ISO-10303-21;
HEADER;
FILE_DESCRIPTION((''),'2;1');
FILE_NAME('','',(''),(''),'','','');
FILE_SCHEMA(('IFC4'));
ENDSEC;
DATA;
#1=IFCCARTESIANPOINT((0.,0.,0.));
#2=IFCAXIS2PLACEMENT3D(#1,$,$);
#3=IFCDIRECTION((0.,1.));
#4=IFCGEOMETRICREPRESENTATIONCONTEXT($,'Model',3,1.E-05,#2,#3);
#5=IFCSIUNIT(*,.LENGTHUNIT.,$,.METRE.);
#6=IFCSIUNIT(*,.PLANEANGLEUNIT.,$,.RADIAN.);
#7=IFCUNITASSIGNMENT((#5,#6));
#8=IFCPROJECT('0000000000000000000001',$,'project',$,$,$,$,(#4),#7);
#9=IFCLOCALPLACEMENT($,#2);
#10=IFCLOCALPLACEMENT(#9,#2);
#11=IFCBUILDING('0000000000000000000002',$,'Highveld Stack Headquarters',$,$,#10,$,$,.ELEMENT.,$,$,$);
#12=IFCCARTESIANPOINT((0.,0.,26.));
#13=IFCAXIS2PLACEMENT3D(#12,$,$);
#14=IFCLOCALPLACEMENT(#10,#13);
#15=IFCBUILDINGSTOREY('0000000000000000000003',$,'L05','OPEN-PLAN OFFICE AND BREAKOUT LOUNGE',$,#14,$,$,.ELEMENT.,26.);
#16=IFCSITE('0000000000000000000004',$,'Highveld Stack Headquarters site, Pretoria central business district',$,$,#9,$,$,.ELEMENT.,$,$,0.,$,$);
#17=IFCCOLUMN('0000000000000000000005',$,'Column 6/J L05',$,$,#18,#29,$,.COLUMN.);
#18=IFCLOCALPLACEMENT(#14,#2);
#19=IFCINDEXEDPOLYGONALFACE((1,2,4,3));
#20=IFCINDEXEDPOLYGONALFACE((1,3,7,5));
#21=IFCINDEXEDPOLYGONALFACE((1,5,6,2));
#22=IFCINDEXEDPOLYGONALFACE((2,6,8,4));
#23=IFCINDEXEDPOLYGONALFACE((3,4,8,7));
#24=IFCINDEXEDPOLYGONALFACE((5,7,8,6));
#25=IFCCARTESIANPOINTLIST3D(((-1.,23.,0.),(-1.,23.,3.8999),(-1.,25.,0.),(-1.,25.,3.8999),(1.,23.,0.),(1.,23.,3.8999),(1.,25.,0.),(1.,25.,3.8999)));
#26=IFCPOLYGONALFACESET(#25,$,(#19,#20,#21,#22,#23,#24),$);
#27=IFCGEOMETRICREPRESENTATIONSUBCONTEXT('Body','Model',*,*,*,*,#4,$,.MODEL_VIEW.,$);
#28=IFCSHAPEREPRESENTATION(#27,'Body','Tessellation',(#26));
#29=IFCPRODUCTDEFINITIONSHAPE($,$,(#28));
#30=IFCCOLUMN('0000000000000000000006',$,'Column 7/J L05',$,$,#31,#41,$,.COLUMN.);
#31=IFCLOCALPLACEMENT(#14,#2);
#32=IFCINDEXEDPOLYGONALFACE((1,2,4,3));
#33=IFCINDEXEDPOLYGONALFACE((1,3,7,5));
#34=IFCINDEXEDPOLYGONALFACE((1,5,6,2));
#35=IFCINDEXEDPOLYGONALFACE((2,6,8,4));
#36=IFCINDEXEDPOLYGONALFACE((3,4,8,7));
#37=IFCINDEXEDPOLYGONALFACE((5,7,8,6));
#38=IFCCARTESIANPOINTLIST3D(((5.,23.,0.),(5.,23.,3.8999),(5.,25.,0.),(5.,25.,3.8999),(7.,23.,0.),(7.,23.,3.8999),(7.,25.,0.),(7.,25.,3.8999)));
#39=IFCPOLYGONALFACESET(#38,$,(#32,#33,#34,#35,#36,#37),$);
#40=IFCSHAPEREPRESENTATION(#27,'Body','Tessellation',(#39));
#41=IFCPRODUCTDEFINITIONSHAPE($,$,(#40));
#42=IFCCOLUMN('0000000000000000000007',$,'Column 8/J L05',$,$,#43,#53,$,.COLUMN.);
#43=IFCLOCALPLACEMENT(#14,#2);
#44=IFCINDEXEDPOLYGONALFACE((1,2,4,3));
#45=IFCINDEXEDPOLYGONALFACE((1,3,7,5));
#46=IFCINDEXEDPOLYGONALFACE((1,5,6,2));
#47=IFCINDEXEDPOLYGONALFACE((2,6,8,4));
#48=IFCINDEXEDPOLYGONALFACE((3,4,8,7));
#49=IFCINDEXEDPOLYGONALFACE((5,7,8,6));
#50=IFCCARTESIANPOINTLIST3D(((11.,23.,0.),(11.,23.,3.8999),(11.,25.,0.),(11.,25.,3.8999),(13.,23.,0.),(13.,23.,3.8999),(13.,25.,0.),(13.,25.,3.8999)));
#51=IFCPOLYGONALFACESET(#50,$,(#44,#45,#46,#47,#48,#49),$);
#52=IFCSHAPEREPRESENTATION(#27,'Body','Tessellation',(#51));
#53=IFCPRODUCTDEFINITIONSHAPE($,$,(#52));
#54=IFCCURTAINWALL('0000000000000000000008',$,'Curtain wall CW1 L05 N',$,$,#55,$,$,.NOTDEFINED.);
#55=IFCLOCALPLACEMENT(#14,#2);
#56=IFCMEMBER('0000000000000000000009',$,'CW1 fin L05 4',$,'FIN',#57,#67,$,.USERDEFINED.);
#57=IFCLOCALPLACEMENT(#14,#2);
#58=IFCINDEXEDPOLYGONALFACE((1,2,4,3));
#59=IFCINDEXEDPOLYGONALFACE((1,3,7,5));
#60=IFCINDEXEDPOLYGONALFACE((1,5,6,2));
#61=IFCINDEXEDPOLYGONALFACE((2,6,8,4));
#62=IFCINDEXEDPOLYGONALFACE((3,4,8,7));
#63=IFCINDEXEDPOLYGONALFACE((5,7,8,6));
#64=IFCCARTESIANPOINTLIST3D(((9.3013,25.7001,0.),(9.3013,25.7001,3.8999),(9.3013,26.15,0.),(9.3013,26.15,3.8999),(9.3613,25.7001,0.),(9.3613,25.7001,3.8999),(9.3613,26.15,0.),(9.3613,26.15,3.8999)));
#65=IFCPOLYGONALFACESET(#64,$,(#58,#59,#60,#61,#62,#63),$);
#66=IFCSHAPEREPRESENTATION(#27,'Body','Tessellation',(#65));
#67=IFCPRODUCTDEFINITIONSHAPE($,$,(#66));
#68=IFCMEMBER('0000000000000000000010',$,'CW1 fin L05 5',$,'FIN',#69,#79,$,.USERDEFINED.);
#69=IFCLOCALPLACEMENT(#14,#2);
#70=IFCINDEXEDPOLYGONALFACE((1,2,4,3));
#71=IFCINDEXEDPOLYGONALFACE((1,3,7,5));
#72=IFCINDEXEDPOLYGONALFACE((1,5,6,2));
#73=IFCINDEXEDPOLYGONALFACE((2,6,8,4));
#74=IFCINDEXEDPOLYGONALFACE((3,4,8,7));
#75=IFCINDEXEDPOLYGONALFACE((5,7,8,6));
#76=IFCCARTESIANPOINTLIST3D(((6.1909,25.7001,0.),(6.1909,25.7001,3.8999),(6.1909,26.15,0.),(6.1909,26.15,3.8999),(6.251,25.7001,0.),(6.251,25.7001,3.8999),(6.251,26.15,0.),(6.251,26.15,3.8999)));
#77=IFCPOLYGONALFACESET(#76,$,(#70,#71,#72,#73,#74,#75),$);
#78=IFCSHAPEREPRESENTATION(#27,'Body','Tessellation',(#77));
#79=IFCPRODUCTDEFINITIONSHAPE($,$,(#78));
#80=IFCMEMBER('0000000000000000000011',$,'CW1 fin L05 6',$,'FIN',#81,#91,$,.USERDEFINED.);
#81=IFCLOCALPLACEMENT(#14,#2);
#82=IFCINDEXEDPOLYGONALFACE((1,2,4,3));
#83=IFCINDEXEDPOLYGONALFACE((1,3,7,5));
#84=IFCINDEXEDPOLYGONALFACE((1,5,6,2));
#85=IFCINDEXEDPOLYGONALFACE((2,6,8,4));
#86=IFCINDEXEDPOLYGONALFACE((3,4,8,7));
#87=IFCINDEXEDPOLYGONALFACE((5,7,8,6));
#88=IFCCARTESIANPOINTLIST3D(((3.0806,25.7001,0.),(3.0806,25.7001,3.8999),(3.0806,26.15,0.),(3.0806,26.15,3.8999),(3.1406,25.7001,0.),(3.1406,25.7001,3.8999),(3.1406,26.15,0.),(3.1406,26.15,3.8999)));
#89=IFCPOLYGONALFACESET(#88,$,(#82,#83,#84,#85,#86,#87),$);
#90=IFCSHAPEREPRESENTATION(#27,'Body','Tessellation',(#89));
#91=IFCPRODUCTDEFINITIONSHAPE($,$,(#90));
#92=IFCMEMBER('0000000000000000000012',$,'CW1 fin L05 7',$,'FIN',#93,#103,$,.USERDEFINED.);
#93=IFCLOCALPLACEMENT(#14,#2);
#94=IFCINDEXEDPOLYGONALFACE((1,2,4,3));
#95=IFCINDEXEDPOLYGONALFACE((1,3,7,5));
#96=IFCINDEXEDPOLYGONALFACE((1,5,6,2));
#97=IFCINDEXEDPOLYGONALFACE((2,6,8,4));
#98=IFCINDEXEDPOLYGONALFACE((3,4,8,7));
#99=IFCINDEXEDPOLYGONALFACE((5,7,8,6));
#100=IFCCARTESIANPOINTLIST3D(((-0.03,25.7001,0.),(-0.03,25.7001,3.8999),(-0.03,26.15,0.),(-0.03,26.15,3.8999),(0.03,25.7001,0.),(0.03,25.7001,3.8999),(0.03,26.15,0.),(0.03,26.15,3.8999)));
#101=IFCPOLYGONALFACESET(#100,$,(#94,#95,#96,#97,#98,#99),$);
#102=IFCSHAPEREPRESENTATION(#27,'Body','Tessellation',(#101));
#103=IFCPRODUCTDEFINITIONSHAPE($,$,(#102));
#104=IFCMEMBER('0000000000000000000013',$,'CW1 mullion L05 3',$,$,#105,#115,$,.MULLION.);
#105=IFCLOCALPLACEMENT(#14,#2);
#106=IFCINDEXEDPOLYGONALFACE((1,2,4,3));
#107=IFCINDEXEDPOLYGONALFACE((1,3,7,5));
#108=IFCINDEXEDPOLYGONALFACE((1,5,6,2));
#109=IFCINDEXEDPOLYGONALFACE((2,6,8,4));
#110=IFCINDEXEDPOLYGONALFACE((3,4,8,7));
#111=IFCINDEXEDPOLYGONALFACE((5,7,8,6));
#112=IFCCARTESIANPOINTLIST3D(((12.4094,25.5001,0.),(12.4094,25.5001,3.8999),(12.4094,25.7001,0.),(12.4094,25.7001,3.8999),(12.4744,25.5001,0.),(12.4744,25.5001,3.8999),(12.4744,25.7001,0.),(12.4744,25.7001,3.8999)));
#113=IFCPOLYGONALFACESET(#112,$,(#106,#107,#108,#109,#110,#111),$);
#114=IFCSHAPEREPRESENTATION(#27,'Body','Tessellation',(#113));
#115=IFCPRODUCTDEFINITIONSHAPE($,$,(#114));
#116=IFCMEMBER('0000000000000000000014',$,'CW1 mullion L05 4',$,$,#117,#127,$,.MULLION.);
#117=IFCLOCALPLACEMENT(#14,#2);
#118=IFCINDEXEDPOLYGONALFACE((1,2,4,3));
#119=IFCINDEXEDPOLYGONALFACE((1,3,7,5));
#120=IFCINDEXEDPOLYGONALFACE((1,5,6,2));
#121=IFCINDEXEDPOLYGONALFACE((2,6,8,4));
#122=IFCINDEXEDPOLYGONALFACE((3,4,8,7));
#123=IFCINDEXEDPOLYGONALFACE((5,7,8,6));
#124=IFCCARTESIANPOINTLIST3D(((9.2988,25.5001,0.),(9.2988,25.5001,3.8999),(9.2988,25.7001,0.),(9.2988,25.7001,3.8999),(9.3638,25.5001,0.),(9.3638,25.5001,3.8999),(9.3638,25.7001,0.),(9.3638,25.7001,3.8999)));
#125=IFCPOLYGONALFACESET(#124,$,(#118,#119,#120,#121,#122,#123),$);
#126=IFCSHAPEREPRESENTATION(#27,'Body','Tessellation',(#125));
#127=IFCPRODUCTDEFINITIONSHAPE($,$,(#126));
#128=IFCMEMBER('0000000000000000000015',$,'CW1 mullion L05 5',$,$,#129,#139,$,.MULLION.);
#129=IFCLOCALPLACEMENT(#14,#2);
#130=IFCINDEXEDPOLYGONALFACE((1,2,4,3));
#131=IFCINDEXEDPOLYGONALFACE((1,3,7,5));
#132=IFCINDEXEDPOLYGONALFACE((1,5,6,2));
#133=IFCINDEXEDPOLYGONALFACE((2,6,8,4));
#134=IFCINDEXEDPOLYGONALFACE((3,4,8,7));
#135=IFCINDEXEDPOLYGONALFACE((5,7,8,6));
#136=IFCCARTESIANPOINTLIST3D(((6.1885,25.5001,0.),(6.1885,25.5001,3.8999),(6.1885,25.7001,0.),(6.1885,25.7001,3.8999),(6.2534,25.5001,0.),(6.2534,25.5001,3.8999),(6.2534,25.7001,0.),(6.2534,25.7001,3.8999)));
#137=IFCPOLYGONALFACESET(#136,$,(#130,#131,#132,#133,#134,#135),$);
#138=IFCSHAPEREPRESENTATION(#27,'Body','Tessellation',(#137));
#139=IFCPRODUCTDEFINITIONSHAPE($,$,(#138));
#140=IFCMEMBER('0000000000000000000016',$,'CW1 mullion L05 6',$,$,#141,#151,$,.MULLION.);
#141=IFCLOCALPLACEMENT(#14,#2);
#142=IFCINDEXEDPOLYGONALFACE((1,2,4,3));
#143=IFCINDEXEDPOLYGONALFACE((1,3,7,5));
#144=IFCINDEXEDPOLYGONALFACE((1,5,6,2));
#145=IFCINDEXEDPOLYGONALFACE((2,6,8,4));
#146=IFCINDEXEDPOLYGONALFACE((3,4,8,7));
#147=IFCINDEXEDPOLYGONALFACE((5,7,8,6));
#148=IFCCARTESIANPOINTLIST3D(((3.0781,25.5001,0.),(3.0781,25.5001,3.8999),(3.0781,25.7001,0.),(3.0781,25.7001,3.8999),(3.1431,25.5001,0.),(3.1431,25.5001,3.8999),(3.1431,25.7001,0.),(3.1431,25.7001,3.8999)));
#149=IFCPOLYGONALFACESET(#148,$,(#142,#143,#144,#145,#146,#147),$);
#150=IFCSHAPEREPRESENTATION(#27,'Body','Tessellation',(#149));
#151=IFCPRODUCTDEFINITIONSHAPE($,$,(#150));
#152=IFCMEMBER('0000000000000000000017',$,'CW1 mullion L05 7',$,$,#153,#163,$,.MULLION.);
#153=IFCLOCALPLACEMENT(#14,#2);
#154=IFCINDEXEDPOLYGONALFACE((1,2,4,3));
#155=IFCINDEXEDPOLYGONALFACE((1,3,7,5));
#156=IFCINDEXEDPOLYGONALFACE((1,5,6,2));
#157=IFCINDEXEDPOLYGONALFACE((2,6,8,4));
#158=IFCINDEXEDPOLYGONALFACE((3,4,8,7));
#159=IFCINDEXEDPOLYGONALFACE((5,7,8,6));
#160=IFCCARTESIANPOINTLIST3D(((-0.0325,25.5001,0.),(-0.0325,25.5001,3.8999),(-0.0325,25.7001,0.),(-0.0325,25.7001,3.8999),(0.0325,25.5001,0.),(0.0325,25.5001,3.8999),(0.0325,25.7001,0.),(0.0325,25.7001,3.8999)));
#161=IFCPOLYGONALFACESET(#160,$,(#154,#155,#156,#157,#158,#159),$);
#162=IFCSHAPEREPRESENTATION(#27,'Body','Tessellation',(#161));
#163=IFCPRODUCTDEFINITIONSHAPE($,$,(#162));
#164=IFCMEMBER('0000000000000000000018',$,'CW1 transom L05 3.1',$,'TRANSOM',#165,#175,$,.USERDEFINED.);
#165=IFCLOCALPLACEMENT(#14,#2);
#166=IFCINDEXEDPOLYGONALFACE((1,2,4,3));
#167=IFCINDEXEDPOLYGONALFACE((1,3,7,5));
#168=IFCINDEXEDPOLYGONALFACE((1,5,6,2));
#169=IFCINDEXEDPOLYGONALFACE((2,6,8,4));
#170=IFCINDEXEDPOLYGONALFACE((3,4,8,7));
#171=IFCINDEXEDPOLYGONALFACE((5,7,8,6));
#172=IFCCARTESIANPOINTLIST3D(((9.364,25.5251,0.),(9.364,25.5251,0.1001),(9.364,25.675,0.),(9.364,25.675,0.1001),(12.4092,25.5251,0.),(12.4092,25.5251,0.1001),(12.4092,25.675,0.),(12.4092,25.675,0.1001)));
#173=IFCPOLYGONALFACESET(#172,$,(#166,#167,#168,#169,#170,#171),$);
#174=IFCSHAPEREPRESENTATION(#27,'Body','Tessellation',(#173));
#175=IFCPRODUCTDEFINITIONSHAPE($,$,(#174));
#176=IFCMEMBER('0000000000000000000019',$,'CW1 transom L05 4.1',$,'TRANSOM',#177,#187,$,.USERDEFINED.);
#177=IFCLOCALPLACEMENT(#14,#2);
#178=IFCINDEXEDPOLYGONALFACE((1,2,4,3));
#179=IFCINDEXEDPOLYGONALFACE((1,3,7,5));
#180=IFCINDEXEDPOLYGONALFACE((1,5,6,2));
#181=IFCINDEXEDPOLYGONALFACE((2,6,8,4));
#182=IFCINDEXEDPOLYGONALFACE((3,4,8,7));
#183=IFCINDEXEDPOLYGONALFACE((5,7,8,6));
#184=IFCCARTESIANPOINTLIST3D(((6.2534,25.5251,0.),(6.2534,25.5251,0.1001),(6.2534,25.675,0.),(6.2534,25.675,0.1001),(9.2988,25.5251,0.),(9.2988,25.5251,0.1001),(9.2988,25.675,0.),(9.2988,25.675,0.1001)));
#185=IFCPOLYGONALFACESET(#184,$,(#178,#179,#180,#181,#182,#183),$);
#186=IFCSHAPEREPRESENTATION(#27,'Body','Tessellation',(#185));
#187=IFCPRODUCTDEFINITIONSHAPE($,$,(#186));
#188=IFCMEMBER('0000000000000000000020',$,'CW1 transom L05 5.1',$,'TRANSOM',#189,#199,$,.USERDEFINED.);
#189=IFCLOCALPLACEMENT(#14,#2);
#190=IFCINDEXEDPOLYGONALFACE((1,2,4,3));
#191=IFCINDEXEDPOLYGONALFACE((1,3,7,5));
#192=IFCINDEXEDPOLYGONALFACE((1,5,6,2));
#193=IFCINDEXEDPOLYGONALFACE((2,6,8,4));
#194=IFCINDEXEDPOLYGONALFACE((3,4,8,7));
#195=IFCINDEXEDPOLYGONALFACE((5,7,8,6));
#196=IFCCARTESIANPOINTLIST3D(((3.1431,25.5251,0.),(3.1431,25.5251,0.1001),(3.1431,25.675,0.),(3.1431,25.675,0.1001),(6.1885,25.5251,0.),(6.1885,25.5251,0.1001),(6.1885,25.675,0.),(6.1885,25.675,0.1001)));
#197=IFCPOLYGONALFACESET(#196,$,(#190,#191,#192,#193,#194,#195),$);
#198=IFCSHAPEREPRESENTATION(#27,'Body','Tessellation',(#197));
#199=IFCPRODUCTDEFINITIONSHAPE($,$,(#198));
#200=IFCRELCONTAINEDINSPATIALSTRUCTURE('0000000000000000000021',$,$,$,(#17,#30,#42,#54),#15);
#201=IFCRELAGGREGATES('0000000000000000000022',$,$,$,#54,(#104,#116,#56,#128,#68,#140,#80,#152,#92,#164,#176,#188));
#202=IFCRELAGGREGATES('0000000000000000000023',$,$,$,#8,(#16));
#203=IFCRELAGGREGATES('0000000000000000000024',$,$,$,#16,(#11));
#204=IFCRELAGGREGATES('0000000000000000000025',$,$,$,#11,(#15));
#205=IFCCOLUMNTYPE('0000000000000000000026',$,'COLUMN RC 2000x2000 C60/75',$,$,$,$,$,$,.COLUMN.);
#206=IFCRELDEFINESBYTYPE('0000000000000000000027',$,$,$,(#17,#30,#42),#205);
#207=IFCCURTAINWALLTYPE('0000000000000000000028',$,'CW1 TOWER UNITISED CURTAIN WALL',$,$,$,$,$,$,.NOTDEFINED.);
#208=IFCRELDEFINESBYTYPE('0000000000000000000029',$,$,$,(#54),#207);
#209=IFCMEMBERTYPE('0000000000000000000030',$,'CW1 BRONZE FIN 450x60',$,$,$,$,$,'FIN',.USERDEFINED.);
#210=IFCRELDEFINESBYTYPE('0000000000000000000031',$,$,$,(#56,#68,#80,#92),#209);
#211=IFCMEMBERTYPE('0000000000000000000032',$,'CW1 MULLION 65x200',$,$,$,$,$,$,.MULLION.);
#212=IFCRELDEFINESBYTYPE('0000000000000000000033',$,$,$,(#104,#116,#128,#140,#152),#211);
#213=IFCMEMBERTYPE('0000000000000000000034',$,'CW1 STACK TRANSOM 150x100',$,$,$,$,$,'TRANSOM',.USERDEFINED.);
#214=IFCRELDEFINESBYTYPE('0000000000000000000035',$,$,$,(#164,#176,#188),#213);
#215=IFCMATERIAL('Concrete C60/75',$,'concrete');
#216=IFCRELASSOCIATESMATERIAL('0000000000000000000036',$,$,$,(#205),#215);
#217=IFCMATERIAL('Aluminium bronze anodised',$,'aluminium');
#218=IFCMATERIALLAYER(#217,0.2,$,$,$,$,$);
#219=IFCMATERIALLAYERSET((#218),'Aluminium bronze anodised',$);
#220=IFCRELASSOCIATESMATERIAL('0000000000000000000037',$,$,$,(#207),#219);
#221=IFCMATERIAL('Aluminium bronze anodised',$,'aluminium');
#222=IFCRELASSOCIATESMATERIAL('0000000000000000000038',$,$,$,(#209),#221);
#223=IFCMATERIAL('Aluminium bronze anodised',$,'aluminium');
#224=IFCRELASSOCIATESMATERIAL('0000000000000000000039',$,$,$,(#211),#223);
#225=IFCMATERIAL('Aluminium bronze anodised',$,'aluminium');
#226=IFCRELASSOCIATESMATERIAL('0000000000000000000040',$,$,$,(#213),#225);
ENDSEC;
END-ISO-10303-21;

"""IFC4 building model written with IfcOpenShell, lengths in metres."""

from ifc_helpers import new_model, si_unit, direction, frame, origin, origin_2d, place, context, subcontext, project, spatial, rectangle, extrude, material, layer, layer_set, material_profile, profile_set, type_object, element, aggregate, save


model = new_model("IFC4")

# Units and contexts
model_context = context("Model", 3, precision=1e-05, world=origin(), true_north=direction((0.0, 1.0)))
body_context = subcontext(model_context, "Body", "Model", "MODEL_VIEW")
ifc_project = project(units=[si_unit("LENGTHUNIT", "METRE"), si_unit("PLANEANGLEUNIT", "RADIAN")], contexts=[model_context])

# Site, building, storey
site_placement = place(None, origin())
site = spatial("IfcSite", under=ifc_project, at=site_placement, Name="Highveld Stack Headquarters site, Pretoria central business district", CompositionType="ELEMENT", RefElevation=0.0)
building_placement = place(site_placement, origin())
building = spatial("IfcBuilding", under=site, at=building_placement, Name="Highveld Stack Headquarters", CompositionType="ELEMENT")
storey_placement = place(building_placement, frame((0.0, 0.0, 26.0)))
storey = spatial("IfcBuildingStorey", under=building, at=storey_placement, Name="L05", Description="OPEN-PLAN OFFICE AND BREAKOUT LOUNGE", CompositionType="ELEMENT", Elevation=26.0)

# Columns
ifc_material_1 = material(Name="Concrete C60/75", Category="concrete")
ifc_material_profile_1 = material_profile(ifc_material_1, rectangle(XDim=2.0, YDim=2.0, at=origin_2d()), Name="RC 2000x2000")
ifc_profile_set_1 = profile_set([ifc_material_profile_1], Name="Concrete C60/75")
column_type = type_object("IfcColumnType", Name="COLUMN RC 2000x2000 C60/75", PredefinedType="COLUMN", material=ifc_profile_set_1)
for number, where, z_axis, x_axis, name in (
    (1, (0.0, 24.0, 0.0), (0.0, 0.0, 1.0), (1.0, 0.0, 0.0), "Column 6/J L05"),
    (2, (6.0, 24.0, 0.0), (0.0, 0.0, 1.0), (1.0, 0.0, 0.0), "Column 7/J L05"),
    (3, (12.0, 24.0, 0.0), (0.0, 0.0, 1.0), (1.0, 0.0, 0.0), "Column 8/J L05"),
):
    element("IfcColumn", number, at=place(storey_placement, frame(where, z_axis=z_axis, x_axis=x_axis)), inside=storey, type_object=column_type, Name=name, PredefinedType="COLUMN", context=body_context, shape_type="SweptSolid", body=[
        extrude(rectangle(XDim=2.0, YDim=2.0, at=origin_2d()), origin(), (0.0, 0.0, 1.0), 3.8999),
    ])

# Curtain wall, members
ifc_material_2 = material(Name="Aluminium bronze anodised", Category="aluminium")
ifc_layer_1 = layer(ifc_material_2, 0.2)
ifc_layer_set_1 = layer_set([ifc_layer_1], Name="Aluminium bronze anodised")
curtain_wall_type = type_object("IfcCurtainWallType", Name="CW1 TOWER UNITISED CURTAIN WALL", PredefinedType="NOTDEFINED", material=ifc_layer_set_1)
curtain_wall_placement = place(storey_placement, origin())
curtain_wall = element("IfcCurtainWall", 4, at=curtain_wall_placement, inside=storey, type_object=curtain_wall_type, Name="Curtain wall CW1 L05 N", PredefinedType="NOTDEFINED")
ifc_material_3 = material(Name="Aluminium bronze anodised", Category="aluminium")
ifc_material_profile_2 = material_profile(ifc_material_3, rectangle(XDim=0.45, YDim=0.0601, at=origin_2d()), Name="FIN 450x60")
ifc_profile_set_2 = profile_set([ifc_material_profile_2], Name="Aluminium bronze anodised")
member_type_1 = type_object("IfcMemberType", Name="CW1 BRONZE FIN 450x60", ElementType="FIN", PredefinedType="USERDEFINED", material=ifc_profile_set_2)
member_1_placement = place(storey_placement, frame((9.3313, 25.925, 0.0), z_axis=(0.0, 0.0, 1.0), x_axis=(0.0, -1.0, 0.0)))
member_1 = element("IfcMember", 5, at=member_1_placement, type_object=member_type_1, Name="CW1 fin L05 4", ObjectType="FIN", PredefinedType="USERDEFINED", context=body_context, shape_type="SweptSolid", body=[
    extrude(rectangle(XDim=0.45, YDim=0.0601, at=origin_2d()), origin(), (0.0, 0.0, 1.0), 3.8999),
])
member_2_placement = place(storey_placement, frame((6.2209, 25.925, 0.0), z_axis=(0.0, 0.0, 1.0), x_axis=(0.0, -1.0, 0.0)))
member_2 = element("IfcMember", 6, at=member_2_placement, type_object=member_type_1, Name="CW1 fin L05 5", ObjectType="FIN", PredefinedType="USERDEFINED", context=body_context, shape_type="SweptSolid", body=[
    extrude(rectangle(XDim=0.45, YDim=0.0601, at=origin_2d()), origin(), (0.0, 0.0, 1.0), 3.8999),
])
member_3_placement = place(storey_placement, frame((3.1106, 25.925, 0.0), z_axis=(0.0, 0.0, 1.0), x_axis=(0.0, -1.0, 0.0)))
member_3 = element("IfcMember", 7, at=member_3_placement, type_object=member_type_1, Name="CW1 fin L05 6", ObjectType="FIN", PredefinedType="USERDEFINED", context=body_context, shape_type="SweptSolid", body=[
    extrude(rectangle(XDim=0.45, YDim=0.0601, at=origin_2d()), origin(), (0.0, 0.0, 1.0), 3.8999),
])
member_4_placement = place(storey_placement, frame((0.0, 25.925, 0.0), z_axis=(0.0, 0.0, 1.0), x_axis=(0.0, -1.0, 0.0)))
member_4 = element("IfcMember", 8, at=member_4_placement, type_object=member_type_1, Name="CW1 fin L05 7", ObjectType="FIN", PredefinedType="USERDEFINED", context=body_context, shape_type="SweptSolid", body=[
    extrude(rectangle(XDim=0.45, YDim=0.0601, at=origin_2d()), origin(), (0.0, 0.0, 1.0), 3.8999),
])
ifc_material_4 = material(Name="Aluminium bronze anodised", Category="aluminium")
ifc_material_profile_3 = material_profile(ifc_material_4, rectangle(XDim=0.2, YDim=0.0649, at=origin_2d()), Name="CW1 MULLION 65x200")
ifc_profile_set_3 = profile_set([ifc_material_profile_3], Name="Aluminium bronze anodised")
member_type_2 = type_object("IfcMemberType", Name="CW1 MULLION 65x200", PredefinedType="MULLION", material=ifc_profile_set_3)
member_5_placement = place(storey_placement, frame((12.4419, 25.6001, 0.0), z_axis=(0.0, 0.0, 1.0), x_axis=(0.0, -1.0, 0.0)))
member_5 = element("IfcMember", 9, at=member_5_placement, type_object=member_type_2, Name="CW1 mullion L05 3", PredefinedType="MULLION", context=body_context, shape_type="SweptSolid", body=[
    extrude(rectangle(XDim=0.2, YDim=0.0649, at=origin_2d()), origin(), (0.0, 0.0, 1.0), 3.8999),
])
member_6_placement = place(storey_placement, frame((9.3313, 25.6001, 0.0), z_axis=(0.0, 0.0, 1.0), x_axis=(0.0, -1.0, 0.0)))
member_6 = element("IfcMember", 10, at=member_6_placement, type_object=member_type_2, Name="CW1 mullion L05 4", PredefinedType="MULLION", context=body_context, shape_type="SweptSolid", body=[
    extrude(rectangle(XDim=0.2, YDim=0.0649, at=origin_2d()), origin(), (0.0, 0.0, 1.0), 3.8999),
])
member_7_placement = place(storey_placement, frame((6.2209, 25.6001, 0.0), z_axis=(0.0, 0.0, 1.0), x_axis=(0.0, -1.0, 0.0)))
member_7 = element("IfcMember", 11, at=member_7_placement, type_object=member_type_2, Name="CW1 mullion L05 5", PredefinedType="MULLION", context=body_context, shape_type="SweptSolid", body=[
    extrude(rectangle(XDim=0.2, YDim=0.0649, at=origin_2d()), origin(), (0.0, 0.0, 1.0), 3.8999),
])
member_8_placement = place(storey_placement, frame((3.1106, 25.6001, 0.0), z_axis=(0.0, 0.0, 1.0), x_axis=(0.0, -1.0, 0.0)))
member_8 = element("IfcMember", 12, at=member_8_placement, type_object=member_type_2, Name="CW1 mullion L05 6", PredefinedType="MULLION", context=body_context, shape_type="SweptSolid", body=[
    extrude(rectangle(XDim=0.2, YDim=0.0649, at=origin_2d()), origin(), (0.0, 0.0, 1.0), 3.8999),
])
member_9_placement = place(storey_placement, frame((0.0, 25.6001, 0.0), z_axis=(0.0, 0.0, 1.0), x_axis=(0.0, -1.0, 0.0)))
member_9 = element("IfcMember", 13, at=member_9_placement, type_object=member_type_2, Name="CW1 mullion L05 7", PredefinedType="MULLION", context=body_context, shape_type="SweptSolid", body=[
    extrude(rectangle(XDim=0.2, YDim=0.0649, at=origin_2d()), origin(), (0.0, 0.0, 1.0), 3.8999),
])
ifc_material_5 = material(Name="Aluminium bronze anodised", Category="aluminium")
ifc_material_profile_4 = material_profile(ifc_material_5, rectangle(XDim=0.1499, YDim=0.1001, at=origin_2d()), Name="CW1 TRANSOM 150x100")
ifc_profile_set_4 = profile_set([ifc_material_profile_4], Name="Aluminium bronze anodised")
member_type_3 = type_object("IfcMemberType", Name="CW1 STACK TRANSOM 150x100", ElementType="TRANSOM", PredefinedType="USERDEFINED", material=ifc_profile_set_4)
member_10_placement = place(storey_placement, frame((12.4092, 25.6001, 0.05), z_axis=(-1.0, 0.0, 0.0), x_axis=(0.0, -1.0, 0.0)))
member_10 = element("IfcMember", 14, at=member_10_placement, type_object=member_type_3, Name="CW1 transom L05 3.1", ObjectType="TRANSOM", PredefinedType="USERDEFINED", context=body_context, shape_type="SweptSolid", body=[
    extrude(rectangle(XDim=0.1499, YDim=0.1001, at=origin_2d()), origin(), (0.0, 0.0, 1.0), 3.0452),
])
member_11_placement = place(storey_placement, frame((9.2988, 25.6001, 0.05), z_axis=(-1.0, 0.0, 0.0), x_axis=(0.0, -1.0, 0.0)))
member_11 = element("IfcMember", 15, at=member_11_placement, type_object=member_type_3, Name="CW1 transom L05 4.1", ObjectType="TRANSOM", PredefinedType="USERDEFINED", context=body_context, shape_type="SweptSolid", body=[
    extrude(rectangle(XDim=0.1499, YDim=0.1001, at=origin_2d()), origin(), (0.0, 0.0, 1.0), 3.0454),
])
member_12_placement = place(storey_placement, frame((6.1885, 25.6001, 0.05), z_axis=(-1.0, 0.0, 0.0), x_axis=(0.0, -1.0, 0.0)))
member_12 = element("IfcMember", 16, at=member_12_placement, type_object=member_type_3, Name="CW1 transom L05 5.1", ObjectType="TRANSOM", PredefinedType="USERDEFINED", context=body_context, shape_type="SweptSolid", body=[
    extrude(rectangle(XDim=0.1499, YDim=0.1001, at=origin_2d()), origin(), (0.0, 0.0, 1.0), 3.0454),
])
aggregate(curtain_wall, [member_5, member_6, member_1, member_7, member_2, member_8, member_3, member_9, member_4, member_10, member_11, member_12])

save(model, "model.ifc")
